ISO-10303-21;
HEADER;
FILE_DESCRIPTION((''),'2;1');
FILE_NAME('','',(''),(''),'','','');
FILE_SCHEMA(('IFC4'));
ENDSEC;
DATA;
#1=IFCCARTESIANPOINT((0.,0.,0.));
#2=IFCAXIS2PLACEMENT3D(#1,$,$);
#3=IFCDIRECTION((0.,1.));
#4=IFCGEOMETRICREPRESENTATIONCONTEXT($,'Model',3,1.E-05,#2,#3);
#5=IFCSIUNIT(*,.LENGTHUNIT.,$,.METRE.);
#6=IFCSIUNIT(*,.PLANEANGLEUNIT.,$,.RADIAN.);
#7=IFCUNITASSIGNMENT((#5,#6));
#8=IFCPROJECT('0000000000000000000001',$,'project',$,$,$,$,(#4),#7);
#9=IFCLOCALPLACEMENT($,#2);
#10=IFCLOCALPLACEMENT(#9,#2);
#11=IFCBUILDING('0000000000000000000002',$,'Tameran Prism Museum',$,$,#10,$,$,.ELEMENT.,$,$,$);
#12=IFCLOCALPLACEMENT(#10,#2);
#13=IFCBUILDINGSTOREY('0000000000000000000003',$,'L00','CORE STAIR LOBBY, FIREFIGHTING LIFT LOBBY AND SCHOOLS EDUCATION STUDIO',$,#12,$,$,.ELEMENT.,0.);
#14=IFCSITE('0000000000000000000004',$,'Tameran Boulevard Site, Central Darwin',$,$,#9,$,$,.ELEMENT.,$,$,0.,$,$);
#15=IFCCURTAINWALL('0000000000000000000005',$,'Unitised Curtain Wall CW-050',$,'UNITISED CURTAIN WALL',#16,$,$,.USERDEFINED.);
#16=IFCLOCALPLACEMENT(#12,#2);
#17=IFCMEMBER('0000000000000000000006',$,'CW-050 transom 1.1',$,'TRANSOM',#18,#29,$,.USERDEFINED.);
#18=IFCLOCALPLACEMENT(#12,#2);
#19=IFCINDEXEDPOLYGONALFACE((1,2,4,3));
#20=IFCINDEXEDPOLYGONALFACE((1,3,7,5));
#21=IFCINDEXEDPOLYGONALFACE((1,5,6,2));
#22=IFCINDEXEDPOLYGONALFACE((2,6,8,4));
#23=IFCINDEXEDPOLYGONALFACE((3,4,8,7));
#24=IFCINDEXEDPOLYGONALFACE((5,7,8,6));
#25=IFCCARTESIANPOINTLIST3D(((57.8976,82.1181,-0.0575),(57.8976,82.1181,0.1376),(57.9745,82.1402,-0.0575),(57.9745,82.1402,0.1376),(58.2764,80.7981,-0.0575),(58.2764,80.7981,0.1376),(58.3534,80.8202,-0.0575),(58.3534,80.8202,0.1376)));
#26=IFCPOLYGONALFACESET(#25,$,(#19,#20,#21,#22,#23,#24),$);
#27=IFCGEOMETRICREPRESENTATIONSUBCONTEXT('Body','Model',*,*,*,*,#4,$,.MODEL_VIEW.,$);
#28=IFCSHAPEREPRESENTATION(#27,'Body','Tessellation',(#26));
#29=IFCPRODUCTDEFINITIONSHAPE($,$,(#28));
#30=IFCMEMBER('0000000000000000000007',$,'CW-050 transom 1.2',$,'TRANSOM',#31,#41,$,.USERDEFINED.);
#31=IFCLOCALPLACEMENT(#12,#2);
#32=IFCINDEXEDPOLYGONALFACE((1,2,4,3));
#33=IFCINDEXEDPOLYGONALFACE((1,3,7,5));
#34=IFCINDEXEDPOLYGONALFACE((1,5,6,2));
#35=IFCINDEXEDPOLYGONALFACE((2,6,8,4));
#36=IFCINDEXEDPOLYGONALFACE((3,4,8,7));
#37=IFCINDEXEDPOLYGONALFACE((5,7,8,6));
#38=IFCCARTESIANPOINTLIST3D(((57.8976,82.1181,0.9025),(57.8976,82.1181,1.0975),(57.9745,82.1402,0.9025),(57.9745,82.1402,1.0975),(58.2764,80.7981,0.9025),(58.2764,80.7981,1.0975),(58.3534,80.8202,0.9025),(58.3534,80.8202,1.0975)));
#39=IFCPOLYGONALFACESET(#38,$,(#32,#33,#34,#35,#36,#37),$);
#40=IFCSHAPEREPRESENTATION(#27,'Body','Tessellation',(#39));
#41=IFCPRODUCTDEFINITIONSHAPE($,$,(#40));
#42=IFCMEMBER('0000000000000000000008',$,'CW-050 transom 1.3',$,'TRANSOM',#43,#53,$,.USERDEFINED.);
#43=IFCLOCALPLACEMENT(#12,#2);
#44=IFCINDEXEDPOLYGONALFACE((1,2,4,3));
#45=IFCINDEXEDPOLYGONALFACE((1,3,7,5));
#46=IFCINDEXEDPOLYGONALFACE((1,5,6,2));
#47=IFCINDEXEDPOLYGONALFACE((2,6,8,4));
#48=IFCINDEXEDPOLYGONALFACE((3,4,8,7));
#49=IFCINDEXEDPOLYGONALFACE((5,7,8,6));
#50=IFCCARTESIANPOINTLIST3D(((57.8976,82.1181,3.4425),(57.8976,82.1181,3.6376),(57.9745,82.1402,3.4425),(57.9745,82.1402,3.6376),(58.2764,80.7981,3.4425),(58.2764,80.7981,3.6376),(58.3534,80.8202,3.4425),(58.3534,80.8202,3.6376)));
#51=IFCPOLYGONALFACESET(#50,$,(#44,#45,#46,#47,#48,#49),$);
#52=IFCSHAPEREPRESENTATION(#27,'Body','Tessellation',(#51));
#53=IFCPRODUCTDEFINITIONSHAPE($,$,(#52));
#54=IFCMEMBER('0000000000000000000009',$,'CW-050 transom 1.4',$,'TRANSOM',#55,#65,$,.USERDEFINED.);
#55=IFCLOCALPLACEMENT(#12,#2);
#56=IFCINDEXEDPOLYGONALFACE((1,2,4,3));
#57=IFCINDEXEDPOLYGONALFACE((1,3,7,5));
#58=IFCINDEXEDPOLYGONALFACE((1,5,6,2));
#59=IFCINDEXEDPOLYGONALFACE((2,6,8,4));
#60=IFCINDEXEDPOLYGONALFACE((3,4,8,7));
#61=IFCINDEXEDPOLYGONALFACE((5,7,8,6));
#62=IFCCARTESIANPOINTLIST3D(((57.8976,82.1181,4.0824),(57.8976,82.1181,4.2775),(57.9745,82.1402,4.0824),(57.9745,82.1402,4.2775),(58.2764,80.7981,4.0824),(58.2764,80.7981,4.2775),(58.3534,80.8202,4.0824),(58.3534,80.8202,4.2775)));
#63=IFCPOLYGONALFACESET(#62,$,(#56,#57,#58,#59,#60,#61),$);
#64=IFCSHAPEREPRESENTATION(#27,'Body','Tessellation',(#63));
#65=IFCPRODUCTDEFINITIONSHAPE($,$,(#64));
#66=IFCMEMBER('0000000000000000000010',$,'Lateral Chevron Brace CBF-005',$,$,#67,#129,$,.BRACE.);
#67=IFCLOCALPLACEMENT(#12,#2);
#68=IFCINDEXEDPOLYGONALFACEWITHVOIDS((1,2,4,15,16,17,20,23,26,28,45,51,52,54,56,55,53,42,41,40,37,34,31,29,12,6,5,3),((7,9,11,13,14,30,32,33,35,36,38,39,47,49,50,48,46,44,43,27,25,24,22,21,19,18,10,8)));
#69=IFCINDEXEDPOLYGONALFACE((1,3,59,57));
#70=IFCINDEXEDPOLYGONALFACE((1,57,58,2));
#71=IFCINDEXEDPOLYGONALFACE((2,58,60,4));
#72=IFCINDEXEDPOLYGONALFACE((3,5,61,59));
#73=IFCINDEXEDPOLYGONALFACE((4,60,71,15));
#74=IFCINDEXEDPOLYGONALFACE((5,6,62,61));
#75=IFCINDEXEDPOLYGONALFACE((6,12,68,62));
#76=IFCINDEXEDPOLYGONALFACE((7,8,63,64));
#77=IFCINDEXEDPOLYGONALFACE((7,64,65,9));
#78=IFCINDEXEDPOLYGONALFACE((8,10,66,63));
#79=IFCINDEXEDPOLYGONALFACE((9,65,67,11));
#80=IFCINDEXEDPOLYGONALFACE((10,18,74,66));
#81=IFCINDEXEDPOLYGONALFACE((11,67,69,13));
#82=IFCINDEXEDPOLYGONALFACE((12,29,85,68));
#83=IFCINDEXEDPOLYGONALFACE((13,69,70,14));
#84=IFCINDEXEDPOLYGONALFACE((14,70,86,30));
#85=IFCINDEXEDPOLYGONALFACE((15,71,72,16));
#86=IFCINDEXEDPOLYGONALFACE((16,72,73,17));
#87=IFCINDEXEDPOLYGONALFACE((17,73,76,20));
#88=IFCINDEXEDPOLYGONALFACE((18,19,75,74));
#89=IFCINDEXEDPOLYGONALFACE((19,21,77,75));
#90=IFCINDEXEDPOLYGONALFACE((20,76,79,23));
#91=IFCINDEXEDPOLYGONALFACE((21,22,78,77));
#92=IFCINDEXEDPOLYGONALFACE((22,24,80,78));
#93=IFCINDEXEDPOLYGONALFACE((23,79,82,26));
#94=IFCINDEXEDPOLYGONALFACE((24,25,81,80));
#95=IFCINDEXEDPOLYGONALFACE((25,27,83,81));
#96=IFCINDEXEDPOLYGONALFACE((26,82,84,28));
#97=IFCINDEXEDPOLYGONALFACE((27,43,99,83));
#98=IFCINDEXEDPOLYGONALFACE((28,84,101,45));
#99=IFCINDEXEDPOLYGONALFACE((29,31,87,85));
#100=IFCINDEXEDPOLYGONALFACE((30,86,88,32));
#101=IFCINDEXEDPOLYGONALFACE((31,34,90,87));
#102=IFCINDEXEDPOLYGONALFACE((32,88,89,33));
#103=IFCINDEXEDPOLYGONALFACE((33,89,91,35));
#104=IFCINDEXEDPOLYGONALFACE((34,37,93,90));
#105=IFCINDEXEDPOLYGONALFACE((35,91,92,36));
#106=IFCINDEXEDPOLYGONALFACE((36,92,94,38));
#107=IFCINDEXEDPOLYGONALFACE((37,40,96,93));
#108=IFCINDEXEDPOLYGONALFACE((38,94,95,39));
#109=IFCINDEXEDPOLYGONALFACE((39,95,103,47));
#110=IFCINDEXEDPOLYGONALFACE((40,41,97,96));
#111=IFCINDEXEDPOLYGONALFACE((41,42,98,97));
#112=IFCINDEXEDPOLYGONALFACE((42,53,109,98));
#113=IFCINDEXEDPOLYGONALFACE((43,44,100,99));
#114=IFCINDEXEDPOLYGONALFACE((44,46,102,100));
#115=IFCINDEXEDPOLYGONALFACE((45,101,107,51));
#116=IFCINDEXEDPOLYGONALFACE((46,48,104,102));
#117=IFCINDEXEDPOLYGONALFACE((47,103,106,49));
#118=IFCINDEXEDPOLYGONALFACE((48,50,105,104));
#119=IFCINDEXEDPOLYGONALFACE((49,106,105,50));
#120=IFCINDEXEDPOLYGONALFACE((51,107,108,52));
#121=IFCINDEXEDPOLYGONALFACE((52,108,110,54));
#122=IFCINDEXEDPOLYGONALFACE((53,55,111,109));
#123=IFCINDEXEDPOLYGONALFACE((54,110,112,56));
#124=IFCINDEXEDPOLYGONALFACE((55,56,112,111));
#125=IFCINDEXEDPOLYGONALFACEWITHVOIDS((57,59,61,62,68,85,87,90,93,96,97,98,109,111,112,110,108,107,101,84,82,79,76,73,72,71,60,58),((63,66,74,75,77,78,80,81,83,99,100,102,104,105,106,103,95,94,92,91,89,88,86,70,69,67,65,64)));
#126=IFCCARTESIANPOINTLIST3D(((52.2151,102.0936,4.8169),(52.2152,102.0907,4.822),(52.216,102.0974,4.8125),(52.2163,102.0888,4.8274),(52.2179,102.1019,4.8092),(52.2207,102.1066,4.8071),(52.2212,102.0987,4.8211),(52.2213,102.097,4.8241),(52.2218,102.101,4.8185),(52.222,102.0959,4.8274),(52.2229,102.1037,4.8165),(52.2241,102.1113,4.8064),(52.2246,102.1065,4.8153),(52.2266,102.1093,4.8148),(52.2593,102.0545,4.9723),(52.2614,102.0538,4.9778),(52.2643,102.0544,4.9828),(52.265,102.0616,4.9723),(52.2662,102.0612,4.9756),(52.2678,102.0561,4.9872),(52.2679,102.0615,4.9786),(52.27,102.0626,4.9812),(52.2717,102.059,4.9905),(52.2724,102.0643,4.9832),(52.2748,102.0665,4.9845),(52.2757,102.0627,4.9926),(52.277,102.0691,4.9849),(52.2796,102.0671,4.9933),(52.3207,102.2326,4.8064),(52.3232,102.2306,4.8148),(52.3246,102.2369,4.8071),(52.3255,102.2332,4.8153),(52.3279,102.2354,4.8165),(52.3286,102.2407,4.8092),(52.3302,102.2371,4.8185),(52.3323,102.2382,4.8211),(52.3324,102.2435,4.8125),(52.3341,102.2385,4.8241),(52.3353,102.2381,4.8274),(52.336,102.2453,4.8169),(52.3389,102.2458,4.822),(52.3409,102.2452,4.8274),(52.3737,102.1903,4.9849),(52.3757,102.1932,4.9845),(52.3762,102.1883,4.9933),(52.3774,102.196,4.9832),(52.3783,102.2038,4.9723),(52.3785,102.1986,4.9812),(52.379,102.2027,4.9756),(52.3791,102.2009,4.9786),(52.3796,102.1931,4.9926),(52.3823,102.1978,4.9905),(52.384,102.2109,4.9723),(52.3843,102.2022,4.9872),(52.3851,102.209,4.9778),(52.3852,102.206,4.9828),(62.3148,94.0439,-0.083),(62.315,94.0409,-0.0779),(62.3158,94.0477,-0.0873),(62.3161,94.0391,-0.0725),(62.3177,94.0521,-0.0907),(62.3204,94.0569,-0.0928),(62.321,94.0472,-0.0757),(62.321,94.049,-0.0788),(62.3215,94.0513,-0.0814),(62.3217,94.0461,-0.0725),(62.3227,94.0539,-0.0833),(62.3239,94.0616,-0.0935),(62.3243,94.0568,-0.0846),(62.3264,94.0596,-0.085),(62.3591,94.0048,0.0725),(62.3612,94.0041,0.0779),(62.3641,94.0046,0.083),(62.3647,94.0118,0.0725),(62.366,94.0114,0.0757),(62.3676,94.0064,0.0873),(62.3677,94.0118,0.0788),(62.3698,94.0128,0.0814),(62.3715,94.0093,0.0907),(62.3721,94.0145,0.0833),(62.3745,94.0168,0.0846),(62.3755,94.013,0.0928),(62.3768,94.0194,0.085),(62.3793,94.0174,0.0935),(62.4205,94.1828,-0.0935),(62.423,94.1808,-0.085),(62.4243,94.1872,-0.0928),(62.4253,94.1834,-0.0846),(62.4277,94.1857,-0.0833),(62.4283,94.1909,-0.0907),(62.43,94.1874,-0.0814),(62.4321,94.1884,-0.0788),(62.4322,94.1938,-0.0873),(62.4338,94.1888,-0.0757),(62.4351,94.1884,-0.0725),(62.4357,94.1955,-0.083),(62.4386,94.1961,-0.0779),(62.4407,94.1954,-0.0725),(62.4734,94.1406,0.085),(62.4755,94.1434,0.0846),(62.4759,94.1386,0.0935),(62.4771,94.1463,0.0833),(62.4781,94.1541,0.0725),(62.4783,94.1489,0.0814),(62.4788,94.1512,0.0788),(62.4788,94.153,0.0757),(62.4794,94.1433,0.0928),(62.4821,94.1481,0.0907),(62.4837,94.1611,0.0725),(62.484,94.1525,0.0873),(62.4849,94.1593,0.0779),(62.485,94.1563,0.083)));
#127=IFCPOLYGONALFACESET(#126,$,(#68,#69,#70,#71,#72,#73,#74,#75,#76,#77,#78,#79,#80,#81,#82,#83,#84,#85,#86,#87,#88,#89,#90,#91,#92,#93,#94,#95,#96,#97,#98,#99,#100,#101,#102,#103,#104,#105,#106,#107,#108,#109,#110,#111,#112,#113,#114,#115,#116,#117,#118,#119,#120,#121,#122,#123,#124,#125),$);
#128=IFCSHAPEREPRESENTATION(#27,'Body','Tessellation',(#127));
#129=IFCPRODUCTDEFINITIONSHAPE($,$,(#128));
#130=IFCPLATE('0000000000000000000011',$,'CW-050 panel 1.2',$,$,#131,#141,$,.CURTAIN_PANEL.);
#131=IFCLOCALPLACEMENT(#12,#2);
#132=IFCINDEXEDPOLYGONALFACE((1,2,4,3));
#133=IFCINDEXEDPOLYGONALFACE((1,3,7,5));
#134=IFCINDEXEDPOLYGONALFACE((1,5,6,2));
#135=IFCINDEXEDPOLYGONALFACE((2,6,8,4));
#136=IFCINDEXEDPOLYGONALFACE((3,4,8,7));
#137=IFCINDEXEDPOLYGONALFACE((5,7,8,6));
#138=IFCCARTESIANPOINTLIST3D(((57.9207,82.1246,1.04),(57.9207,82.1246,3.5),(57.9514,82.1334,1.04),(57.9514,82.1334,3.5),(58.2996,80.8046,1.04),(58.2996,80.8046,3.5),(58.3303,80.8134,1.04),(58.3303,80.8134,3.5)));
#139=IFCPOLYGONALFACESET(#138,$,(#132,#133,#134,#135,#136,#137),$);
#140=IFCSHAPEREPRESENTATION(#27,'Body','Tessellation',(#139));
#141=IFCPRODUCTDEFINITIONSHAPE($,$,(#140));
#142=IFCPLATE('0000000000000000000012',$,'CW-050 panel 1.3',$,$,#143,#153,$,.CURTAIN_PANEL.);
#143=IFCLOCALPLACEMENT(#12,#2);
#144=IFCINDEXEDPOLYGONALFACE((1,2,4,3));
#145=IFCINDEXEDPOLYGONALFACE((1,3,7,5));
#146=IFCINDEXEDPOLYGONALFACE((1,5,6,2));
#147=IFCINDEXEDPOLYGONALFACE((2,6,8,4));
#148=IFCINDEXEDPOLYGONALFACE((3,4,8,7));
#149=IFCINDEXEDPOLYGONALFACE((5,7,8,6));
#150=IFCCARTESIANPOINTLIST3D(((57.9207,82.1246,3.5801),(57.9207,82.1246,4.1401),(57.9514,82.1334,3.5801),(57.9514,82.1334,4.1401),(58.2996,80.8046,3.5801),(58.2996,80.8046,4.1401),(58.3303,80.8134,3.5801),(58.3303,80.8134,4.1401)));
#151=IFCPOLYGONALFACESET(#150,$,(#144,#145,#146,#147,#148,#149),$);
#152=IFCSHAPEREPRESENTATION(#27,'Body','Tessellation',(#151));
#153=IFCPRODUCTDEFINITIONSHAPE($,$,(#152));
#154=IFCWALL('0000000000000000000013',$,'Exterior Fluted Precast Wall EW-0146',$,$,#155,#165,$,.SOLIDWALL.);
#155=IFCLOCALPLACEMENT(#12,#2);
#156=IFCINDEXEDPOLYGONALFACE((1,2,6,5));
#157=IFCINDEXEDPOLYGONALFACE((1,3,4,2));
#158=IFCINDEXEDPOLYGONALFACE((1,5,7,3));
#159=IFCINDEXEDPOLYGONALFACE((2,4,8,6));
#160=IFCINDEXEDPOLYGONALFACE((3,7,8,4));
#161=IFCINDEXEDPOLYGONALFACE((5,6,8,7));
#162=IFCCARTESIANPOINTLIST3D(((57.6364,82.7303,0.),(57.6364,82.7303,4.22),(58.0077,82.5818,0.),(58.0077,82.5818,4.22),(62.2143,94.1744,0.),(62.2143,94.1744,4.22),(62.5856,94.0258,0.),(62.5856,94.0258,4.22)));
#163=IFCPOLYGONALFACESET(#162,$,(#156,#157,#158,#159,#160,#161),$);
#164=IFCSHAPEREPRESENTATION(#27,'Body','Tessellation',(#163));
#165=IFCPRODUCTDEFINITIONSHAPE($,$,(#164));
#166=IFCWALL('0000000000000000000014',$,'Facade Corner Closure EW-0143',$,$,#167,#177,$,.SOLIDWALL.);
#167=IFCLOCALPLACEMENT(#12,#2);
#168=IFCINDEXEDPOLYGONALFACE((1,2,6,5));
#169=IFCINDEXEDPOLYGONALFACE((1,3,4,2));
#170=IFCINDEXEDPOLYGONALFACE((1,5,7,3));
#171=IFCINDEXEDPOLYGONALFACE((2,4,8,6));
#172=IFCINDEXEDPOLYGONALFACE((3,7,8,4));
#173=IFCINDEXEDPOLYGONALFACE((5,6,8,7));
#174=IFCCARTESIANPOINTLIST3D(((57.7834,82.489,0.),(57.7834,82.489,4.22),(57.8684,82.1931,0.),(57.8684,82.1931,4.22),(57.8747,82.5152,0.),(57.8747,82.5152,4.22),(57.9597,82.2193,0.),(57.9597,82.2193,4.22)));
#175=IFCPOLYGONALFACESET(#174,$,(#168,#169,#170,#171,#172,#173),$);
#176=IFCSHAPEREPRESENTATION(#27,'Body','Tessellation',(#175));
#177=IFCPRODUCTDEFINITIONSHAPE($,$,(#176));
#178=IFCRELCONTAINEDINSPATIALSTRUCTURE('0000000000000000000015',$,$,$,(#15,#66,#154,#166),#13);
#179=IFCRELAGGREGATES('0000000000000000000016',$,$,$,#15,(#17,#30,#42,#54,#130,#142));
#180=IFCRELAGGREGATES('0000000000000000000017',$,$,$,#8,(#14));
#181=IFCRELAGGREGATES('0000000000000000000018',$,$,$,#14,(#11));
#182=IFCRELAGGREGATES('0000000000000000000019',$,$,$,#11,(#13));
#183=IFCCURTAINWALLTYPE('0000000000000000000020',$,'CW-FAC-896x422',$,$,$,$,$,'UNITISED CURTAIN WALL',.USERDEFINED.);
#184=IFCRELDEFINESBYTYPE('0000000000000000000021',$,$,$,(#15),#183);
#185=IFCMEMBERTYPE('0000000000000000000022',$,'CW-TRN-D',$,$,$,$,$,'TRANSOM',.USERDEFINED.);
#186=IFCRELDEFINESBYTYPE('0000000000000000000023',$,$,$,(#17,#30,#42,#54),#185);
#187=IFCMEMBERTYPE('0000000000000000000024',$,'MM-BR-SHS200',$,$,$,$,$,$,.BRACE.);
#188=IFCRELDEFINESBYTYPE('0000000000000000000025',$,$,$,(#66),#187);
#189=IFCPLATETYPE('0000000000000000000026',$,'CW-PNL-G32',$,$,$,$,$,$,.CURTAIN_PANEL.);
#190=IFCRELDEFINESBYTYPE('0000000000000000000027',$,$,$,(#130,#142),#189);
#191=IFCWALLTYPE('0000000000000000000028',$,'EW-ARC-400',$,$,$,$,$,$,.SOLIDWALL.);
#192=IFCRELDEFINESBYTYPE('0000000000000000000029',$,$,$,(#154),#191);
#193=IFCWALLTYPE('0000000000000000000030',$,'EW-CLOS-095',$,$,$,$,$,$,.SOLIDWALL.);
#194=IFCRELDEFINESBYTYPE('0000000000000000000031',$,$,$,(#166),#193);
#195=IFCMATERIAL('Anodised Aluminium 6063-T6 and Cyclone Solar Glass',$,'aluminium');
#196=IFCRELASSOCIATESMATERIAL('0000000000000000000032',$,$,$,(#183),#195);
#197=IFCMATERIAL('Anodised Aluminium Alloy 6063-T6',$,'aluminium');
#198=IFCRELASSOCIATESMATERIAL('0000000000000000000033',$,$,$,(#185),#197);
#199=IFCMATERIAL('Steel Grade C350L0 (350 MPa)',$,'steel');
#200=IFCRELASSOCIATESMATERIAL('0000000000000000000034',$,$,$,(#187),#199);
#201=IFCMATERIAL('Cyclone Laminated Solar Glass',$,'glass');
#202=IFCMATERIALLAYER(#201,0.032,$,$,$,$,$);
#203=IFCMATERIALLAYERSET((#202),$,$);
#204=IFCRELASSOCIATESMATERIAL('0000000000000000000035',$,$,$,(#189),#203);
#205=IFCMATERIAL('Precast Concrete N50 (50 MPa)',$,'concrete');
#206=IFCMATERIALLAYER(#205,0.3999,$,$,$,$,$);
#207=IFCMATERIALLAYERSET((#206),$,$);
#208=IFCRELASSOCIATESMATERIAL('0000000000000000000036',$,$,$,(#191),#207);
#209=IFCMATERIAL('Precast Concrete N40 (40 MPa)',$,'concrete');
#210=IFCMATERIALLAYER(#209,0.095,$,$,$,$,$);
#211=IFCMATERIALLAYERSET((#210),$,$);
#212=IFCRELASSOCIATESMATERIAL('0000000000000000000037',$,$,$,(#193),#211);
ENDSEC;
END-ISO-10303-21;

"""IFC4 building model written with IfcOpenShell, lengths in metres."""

from ifc_helpers import new_model, si_unit, direction, frame, frame_2d, origin, origin_2d, place, context, subcontext, project, spatial, rectangle, hollow_rectangle, extrude, material, layer, layer_set, material_profile, profile_set, type_object, element, aggregate, save


model = new_model("IFC4")

# Units and contexts
model_context = context("Model", 3, precision=1e-05, world=origin(), true_north=direction((0.0, 1.0)))
body_context = subcontext(model_context, "Body", "Model", "MODEL_VIEW")
ifc_project = project(units=[si_unit("LENGTHUNIT", "METRE"), si_unit("PLANEANGLEUNIT", "RADIAN")], contexts=[model_context])

# Site, building, storey
site_placement = place(None, origin())
site = spatial("IfcSite", under=ifc_project, at=site_placement, Name="Tameran Boulevard Site, Central Darwin", CompositionType="ELEMENT", RefElevation=0.0)
building_placement = place(site_placement, origin())
building = spatial("IfcBuilding", under=site, at=building_placement, Name="Tameran Prism Museum", CompositionType="ELEMENT")
storey_placement = place(building_placement, origin())
storey = spatial("IfcBuildingStorey", under=building, at=storey_placement, Name="L00", Description="CORE STAIR LOBBY, FIREFIGHTING LIFT LOBBY AND SCHOOLS EDUCATION STUDIO", CompositionType="ELEMENT", Elevation=0.0)

# Curtain wall, members
ifc_material_1 = material(Name="Anodised Aluminium 6063-T6 and Cyclone Solar Glass", Category="aluminium")
curtain_wall_type = type_object("IfcCurtainWallType", Name="CW-FAC-896x422", ElementType="UNITISED CURTAIN WALL", PredefinedType="USERDEFINED", material=ifc_material_1)
curtain_wall_placement = place(storey_placement, origin())
curtain_wall = element("IfcCurtainWall", 1, at=curtain_wall_placement, inside=storey, type_object=curtain_wall_type, Name="Unitised Curtain Wall CW-050", ObjectType="UNITISED CURTAIN WALL", PredefinedType="USERDEFINED")
ifc_material_2 = material(Name="Anodised Aluminium Alloy 6063-T6", Category="aluminium")
ifc_material_profile_1 = material_profile(ifc_material_2, rectangle(XDim=0.0801, YDim=0.1951, at=origin_2d()))
ifc_profile_set_1 = profile_set([ifc_material_profile_1])
member_type_1 = type_object("IfcMemberType", Name="CW-TRN-D", ElementType="TRANSOM", PredefinedType="USERDEFINED", material=ifc_profile_set_1)
member_1_placement = place(storey_placement, frame((57.936, 82.1292, 0.04), z_axis=(0.275895, -0.961188, 0.0), x_axis=(0.961188, 0.275895, 0.0)))
member_1 = element("IfcMember", 2, at=member_1_placement, type_object=member_type_1, Name="CW-050 transom 1.1", ObjectType="TRANSOM", PredefinedType="USERDEFINED", context=body_context, shape_type="SweptSolid", body=[
    extrude(rectangle(XDim=0.0801, YDim=0.1951, at=origin_2d()), origin(), (0.0, 0.0, 1.0), 1.3733),
])
member_2_placement = place(storey_placement, frame((57.936, 82.1292, 1.0), z_axis=(0.275895, -0.961188, 0.0), x_axis=(0.961188, 0.275895, 0.0)))
member_2 = element("IfcMember", 3, at=member_2_placement, type_object=member_type_1, Name="CW-050 transom 1.2", ObjectType="TRANSOM", PredefinedType="USERDEFINED", context=body_context, shape_type="SweptSolid", body=[
    extrude(rectangle(XDim=0.0801, YDim=0.1951, at=origin_2d()), origin(), (0.0, 0.0, 1.0), 1.3733),
])
member_3_placement = place(storey_placement, frame((57.936, 82.1292, 3.54), z_axis=(0.275895, -0.961188, 0.0), x_axis=(0.961188, 0.275895, 0.0)))
member_3 = element("IfcMember", 4, at=member_3_placement, type_object=member_type_1, Name="CW-050 transom 1.3", ObjectType="TRANSOM", PredefinedType="USERDEFINED", context=body_context, shape_type="SweptSolid", body=[
    extrude(rectangle(XDim=0.0801, YDim=0.1951, at=origin_2d()), origin(), (0.0, 0.0, 1.0), 1.3733),
])
member_4_placement = place(storey_placement, frame((57.936, 82.1292, 4.1799), z_axis=(0.275895, -0.961188, 0.0), x_axis=(0.961188, 0.275895, 0.0)))
member_4 = element("IfcMember", 5, at=member_4_placement, type_object=member_type_1, Name="CW-050 transom 1.4", ObjectType="TRANSOM", PredefinedType="USERDEFINED", context=body_context, shape_type="SweptSolid", body=[
    extrude(rectangle(XDim=0.0801, YDim=0.1951, at=origin_2d()), origin(), (0.0, 0.0, 1.0), 1.3733),
])

# Member
ifc_material_3 = material(Name="Steel Grade C350L0 (350 MPa)", Category="steel")
ifc_material_profile_2 = material_profile(ifc_material_3, hollow_rectangle(XDim=0.2, YDim=0.2, WallThickness=0.009, InnerFilletRadius=0.0134, OuterFilletRadius=0.0225, at=origin_2d()))
ifc_profile_set_2 = profile_set([ifc_material_profile_2])
member_type_2 = type_object("IfcMemberType", Name="MM-BR-SHS200", PredefinedType="BRACE", material=ifc_profile_set_2)
member_5_placement = place(storey_placement, frame((62.3999, 94.1001, 0.0), z_axis=(-0.731153, 0.582745, 0.354716), x_axis=(-0.623274, -0.782004, 0.0)))
element("IfcMember", 6, at=member_5_placement, inside=storey, type_object=member_type_2, Name="Lateral Chevron Brace CBF-005", PredefinedType="BRACE", context=body_context, shape_type="SweptSolid", body=[
    extrude(hollow_rectangle(XDim=0.2, YDim=0.2, WallThickness=0.009, InnerFilletRadius=0.0134, OuterFilletRadius=0.0225, at=origin_2d()), origin(), (0.0, 0.0, 1.0), 13.8135),
])

# Plates
ifc_material_4 = material(Name="Cyclone Laminated Solar Glass", Category="glass")
ifc_layer_1 = layer(ifc_material_4, 0.032)
ifc_layer_set_1 = layer_set([ifc_layer_1])
plate_type = type_object("IfcPlateType", Name="CW-PNL-G32", PredefinedType="CURTAIN_PANEL", material=ifc_layer_set_1)
plate_1_placement = place(storey_placement, frame((58.1255, 81.469, 1.04), z_axis=(0.0, 0.0, 1.0), x_axis=(0.2759, -0.961186, 0.0)))
plate_1 = element("IfcPlate", 7, at=plate_1_placement, type_object=plate_type, Name="CW-050 panel 1.2", PredefinedType="CURTAIN_PANEL", context=body_context, shape_type="SweptSolid", body=[
    extrude(rectangle(XDim=1.3733, YDim=0.032, at=origin_2d()), origin(), (0.0, 0.0, 1.0), 2.46),
])
plate_2_placement = place(storey_placement, frame((58.1255, 81.469, 3.5801), z_axis=(0.0, 0.0, 1.0), x_axis=(0.2759, -0.961186, 0.0)))
plate_2 = element("IfcPlate", 8, at=plate_2_placement, type_object=plate_type, Name="CW-050 panel 1.3", PredefinedType="CURTAIN_PANEL", context=body_context, shape_type="SweptSolid", body=[
    extrude(rectangle(XDim=1.3733, YDim=0.032, at=origin_2d()), origin(), (0.0, 0.0, 1.0), 0.5601),
])
aggregate(curtain_wall, [member_1, member_2, member_3, member_4, plate_1, plate_2])

# Walls
ifc_material_5 = material(Name="Precast Concrete N50 (50 MPa)", Category="concrete")
ifc_layer_2 = layer(ifc_material_5, 0.3999)
ifc_layer_set_2 = layer_set([ifc_layer_2])
wall_type_1 = type_object("IfcWallType", Name="EW-ARC-400", PredefinedType="SOLIDWALL", material=ifc_layer_set_2)
wall_1_placement = place(storey_placement, frame((62.3999, 94.1001, 0.0), z_axis=(0.0, 0.0, 1.0), x_axis=(-0.371408, -0.92847, 0.0)))
element("IfcWall", 9, at=wall_1_placement, inside=storey, type_object=wall_type_1, Name="Exterior Fluted Precast Wall EW-0146", PredefinedType="SOLIDWALL", context=body_context, shape_type="SweptSolid", body=[
    extrude(rectangle(XDim=12.3257, YDim=0.3999, at=frame_2d((6.1628, 0.0))), origin(), (0.0, 0.0, 1.0), 4.22),
])
ifc_material_6 = material(Name="Precast Concrete N40 (40 MPa)", Category="concrete")
ifc_layer_3 = layer(ifc_material_6, 0.095)
ifc_layer_set_3 = layer_set([ifc_layer_3])
wall_type_2 = type_object("IfcWallType", Name="EW-CLOS-095", PredefinedType="SOLIDWALL", material=ifc_layer_set_3)
wall_2_placement = place(storey_placement, frame((57.8291, 82.502, 0.0), z_axis=(0.0, 0.0, 1.0), x_axis=(0.275978, -0.961164, 0.0)))
element("IfcWall", 10, at=wall_2_placement, inside=storey, type_object=wall_type_2, Name="Facade Corner Closure EW-0143", PredefinedType="SOLIDWALL", context=body_context, shape_type="SweptSolid", body=[
    extrude(rectangle(XDim=0.3079, YDim=0.095, at=frame_2d((0.1538, 0.0))), origin(), (0.0, 0.0, 1.0), 4.22),
])

save(model, "model.ifc")
